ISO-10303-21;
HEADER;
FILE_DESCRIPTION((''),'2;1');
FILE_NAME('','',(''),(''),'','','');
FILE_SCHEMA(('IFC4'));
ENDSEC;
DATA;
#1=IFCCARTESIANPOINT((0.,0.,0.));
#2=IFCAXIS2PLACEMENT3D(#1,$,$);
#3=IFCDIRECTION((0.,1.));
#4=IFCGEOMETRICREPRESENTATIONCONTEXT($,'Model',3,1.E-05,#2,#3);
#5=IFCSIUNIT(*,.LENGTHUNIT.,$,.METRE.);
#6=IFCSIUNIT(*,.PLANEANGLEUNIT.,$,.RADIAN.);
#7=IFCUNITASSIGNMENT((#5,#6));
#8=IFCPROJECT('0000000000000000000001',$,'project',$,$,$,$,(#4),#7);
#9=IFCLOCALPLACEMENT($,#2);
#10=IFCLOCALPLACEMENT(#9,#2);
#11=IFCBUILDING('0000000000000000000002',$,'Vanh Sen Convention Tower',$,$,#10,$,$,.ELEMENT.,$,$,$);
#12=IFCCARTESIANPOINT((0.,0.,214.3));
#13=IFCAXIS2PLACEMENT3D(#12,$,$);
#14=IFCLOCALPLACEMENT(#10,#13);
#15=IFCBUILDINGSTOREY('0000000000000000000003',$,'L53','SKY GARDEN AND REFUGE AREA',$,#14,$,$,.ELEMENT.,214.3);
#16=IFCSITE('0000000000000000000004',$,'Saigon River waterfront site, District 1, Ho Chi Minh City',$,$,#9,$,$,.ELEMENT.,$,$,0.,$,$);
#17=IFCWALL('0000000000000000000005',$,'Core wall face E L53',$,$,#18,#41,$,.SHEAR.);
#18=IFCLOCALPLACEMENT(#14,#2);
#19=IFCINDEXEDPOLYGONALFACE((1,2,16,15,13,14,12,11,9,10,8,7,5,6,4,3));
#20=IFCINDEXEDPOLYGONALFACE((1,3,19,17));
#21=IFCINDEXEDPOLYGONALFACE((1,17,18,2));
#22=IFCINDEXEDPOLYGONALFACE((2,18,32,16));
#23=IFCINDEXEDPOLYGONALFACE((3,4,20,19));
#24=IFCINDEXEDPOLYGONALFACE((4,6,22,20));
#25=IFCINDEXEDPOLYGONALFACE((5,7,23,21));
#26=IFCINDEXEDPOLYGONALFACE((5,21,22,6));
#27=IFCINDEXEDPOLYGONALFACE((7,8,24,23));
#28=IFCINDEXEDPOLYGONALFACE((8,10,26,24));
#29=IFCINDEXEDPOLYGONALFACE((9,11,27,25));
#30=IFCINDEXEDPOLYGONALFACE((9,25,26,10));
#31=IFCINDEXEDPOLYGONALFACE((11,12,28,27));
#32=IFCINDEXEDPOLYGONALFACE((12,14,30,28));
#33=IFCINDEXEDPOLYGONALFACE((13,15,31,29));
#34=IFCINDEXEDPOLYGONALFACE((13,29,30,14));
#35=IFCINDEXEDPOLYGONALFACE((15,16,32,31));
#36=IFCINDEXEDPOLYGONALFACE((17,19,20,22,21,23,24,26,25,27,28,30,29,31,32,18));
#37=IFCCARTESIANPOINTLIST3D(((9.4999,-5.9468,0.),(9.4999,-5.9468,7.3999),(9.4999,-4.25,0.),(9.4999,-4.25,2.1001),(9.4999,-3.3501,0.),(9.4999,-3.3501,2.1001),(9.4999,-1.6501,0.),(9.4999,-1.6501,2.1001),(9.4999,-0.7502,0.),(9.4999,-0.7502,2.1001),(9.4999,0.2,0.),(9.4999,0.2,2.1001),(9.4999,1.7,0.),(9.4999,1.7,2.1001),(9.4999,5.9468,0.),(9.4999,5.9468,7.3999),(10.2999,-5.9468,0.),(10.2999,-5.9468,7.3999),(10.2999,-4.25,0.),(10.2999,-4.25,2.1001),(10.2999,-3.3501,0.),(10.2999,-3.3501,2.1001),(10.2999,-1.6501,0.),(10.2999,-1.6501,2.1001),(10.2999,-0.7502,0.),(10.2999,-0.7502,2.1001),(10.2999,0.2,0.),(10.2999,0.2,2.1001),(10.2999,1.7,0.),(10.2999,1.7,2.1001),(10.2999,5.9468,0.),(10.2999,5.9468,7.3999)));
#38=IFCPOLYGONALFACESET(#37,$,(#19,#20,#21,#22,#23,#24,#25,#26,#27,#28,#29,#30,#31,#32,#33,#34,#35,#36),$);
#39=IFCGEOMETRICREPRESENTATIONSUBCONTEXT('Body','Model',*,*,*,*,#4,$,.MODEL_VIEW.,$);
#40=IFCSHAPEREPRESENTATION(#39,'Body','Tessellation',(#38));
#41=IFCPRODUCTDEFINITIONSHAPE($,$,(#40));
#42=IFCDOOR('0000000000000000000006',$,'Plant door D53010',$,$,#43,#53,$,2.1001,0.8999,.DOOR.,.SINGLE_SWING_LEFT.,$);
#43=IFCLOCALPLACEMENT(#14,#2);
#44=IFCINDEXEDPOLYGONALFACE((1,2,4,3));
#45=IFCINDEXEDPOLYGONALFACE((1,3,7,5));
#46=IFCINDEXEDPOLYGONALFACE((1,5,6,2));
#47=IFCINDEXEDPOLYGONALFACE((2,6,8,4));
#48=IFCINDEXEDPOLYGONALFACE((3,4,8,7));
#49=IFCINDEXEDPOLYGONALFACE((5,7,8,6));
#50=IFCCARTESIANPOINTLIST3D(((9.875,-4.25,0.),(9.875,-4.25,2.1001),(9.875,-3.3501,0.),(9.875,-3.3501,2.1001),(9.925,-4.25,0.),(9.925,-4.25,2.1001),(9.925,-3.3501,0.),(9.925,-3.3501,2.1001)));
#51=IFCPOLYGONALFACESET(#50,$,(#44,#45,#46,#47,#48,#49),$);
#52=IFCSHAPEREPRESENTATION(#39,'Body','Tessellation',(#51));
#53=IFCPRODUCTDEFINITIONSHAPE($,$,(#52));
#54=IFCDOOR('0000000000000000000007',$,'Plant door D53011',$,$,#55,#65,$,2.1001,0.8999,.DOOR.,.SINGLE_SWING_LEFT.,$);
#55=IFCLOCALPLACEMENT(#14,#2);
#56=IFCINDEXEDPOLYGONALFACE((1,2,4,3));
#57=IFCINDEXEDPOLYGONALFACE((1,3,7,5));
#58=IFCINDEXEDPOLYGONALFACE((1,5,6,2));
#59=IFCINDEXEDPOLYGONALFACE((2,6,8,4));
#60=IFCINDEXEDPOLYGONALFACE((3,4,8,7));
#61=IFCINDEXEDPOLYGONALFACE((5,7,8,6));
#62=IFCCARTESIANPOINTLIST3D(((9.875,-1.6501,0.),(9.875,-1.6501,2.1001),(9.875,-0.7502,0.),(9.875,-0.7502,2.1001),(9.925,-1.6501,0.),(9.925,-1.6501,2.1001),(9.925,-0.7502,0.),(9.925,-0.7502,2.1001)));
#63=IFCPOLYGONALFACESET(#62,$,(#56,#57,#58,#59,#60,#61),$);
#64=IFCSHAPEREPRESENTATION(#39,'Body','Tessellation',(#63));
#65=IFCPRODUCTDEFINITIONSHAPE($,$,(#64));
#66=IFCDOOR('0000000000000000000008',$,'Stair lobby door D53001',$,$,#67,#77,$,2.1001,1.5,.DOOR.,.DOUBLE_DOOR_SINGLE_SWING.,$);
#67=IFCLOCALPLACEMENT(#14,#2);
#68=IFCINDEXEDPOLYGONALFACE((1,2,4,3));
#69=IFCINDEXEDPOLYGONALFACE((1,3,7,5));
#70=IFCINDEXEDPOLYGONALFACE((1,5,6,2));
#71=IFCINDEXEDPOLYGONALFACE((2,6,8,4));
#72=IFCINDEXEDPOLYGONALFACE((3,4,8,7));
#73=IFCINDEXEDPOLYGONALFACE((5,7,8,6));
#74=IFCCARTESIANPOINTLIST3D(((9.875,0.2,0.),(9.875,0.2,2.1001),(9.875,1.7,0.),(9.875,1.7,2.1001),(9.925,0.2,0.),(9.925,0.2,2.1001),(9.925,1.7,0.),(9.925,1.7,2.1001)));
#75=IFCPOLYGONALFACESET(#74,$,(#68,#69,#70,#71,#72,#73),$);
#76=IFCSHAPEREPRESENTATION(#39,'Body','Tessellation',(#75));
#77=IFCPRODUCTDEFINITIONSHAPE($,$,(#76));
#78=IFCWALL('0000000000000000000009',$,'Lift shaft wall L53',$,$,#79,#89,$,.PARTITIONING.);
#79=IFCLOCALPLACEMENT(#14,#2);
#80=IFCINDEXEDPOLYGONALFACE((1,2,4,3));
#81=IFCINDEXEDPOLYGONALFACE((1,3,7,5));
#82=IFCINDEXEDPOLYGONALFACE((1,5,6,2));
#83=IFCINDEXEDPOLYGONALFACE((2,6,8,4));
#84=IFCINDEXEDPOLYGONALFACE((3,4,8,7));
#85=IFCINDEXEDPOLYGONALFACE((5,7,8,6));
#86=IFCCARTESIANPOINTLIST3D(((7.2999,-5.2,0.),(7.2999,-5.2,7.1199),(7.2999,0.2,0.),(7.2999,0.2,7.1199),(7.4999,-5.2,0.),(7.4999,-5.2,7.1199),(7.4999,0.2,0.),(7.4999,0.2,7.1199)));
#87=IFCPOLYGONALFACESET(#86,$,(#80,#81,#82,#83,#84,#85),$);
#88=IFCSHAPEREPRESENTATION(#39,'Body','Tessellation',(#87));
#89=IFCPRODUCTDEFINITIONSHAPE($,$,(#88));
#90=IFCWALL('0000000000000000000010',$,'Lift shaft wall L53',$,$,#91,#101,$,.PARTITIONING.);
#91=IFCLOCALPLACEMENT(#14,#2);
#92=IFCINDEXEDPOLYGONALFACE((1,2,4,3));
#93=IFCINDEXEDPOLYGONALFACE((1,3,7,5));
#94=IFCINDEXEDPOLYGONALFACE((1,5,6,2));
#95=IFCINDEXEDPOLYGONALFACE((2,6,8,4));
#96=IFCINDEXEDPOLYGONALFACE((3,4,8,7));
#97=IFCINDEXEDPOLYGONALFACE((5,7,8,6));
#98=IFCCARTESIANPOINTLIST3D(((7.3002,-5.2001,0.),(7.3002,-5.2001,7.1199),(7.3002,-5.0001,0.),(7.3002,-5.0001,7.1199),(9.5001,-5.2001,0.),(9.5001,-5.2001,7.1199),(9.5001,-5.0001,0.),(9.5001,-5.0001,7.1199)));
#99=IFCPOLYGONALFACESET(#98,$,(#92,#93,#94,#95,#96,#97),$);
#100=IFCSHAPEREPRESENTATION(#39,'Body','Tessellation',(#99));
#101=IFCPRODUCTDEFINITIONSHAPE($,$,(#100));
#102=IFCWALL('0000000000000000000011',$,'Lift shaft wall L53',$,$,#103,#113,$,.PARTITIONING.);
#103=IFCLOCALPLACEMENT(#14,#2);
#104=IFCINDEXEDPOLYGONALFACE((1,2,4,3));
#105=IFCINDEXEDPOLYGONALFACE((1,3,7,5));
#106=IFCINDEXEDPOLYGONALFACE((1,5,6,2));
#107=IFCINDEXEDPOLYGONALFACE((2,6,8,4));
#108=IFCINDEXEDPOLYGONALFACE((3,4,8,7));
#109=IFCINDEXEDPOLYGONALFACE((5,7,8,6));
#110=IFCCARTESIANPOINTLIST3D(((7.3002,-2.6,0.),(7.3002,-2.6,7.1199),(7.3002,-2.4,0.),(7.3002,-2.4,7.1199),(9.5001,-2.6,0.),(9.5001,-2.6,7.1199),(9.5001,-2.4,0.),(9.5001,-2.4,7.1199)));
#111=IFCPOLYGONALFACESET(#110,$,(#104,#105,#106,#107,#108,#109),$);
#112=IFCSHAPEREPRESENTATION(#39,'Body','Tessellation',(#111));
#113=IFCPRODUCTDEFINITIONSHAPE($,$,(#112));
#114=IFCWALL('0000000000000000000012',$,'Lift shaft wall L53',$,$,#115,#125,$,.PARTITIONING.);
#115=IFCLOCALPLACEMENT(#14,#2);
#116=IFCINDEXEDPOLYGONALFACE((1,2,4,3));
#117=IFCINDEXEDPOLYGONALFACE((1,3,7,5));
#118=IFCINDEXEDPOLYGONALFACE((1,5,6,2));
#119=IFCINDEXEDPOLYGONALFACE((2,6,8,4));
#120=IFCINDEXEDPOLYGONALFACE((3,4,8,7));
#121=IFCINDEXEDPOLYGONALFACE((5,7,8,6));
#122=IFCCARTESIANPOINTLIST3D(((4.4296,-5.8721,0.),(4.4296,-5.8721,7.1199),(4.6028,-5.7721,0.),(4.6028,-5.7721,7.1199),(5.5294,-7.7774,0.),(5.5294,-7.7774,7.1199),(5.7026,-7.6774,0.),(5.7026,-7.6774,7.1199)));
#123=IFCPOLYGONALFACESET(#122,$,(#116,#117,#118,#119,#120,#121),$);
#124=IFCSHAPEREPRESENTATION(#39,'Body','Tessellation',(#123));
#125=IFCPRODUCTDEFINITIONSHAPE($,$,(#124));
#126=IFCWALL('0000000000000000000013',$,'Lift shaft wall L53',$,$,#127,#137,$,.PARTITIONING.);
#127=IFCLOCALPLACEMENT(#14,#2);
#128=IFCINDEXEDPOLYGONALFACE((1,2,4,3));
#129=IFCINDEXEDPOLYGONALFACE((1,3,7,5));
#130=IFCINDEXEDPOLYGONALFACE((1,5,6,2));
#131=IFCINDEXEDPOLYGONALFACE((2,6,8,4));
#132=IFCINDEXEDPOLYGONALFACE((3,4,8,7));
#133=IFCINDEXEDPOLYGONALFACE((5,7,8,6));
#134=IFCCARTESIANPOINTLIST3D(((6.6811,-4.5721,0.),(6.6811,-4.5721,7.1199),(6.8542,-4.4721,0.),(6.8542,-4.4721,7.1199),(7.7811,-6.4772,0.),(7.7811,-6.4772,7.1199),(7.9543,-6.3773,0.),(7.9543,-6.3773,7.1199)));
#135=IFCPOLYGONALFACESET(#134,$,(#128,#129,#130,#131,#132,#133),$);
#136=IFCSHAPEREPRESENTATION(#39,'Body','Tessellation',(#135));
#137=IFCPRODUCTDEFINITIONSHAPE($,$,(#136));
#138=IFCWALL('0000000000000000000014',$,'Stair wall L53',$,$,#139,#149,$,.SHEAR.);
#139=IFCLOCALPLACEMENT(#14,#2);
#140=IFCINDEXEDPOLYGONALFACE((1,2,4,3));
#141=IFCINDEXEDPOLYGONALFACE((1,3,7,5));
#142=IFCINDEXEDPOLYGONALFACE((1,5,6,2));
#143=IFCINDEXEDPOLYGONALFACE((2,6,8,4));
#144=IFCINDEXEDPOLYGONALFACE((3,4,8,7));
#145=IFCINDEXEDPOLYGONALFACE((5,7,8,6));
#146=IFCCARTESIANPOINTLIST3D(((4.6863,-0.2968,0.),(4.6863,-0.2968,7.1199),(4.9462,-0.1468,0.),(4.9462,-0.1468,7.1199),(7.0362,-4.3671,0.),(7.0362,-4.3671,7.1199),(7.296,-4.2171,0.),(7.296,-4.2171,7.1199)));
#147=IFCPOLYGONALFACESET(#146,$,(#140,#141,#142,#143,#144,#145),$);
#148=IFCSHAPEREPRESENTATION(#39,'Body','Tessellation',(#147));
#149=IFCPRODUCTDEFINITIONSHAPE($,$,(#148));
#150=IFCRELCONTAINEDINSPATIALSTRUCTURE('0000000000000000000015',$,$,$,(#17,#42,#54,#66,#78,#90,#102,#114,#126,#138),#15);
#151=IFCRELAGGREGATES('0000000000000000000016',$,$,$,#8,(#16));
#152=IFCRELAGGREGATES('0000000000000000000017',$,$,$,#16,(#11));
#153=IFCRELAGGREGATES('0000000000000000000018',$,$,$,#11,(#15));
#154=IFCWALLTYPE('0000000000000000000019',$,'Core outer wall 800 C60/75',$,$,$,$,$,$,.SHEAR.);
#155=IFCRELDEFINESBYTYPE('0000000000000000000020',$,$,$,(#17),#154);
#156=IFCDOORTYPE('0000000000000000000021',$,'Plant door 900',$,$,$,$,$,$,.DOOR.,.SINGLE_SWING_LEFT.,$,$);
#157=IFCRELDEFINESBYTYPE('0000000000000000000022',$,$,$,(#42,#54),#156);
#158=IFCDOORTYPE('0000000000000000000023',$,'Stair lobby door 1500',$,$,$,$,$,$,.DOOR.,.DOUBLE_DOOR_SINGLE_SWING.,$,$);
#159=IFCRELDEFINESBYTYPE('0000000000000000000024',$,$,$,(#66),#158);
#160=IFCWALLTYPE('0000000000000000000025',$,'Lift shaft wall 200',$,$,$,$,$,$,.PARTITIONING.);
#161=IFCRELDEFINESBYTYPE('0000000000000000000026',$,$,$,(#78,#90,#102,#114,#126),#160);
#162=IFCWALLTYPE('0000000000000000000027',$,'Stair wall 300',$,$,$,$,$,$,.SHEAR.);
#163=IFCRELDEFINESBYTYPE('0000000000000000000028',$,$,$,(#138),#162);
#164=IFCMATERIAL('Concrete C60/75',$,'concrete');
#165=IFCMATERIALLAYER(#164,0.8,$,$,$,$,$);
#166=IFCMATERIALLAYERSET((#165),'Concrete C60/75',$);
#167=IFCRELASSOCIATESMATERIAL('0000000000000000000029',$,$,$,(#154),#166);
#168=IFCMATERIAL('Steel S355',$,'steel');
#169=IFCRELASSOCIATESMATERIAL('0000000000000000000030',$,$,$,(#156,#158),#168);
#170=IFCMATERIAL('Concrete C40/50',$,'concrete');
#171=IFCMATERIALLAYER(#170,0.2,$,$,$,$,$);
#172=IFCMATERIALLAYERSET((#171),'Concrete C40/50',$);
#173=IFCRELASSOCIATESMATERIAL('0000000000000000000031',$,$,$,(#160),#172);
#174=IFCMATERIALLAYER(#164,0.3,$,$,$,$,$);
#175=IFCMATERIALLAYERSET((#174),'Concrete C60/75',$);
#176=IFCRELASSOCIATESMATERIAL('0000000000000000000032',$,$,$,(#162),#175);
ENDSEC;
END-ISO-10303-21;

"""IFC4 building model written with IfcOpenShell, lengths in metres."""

from ifc_helpers import new_model, si_unit, direction, frame, frame_2d, origin, place, context, subcontext, project, spatial, rectangle, extrude, material, layer, layer_set, type_object, element, fill, save


model = new_model("IFC4")

# Units and contexts
model_context = context("Model", 3, precision=1e-05, world=origin(), true_north=direction((0.0, 1.0)))
body_context = subcontext(model_context, "Body", "Model", "MODEL_VIEW")
ifc_project = project(units=[si_unit("LENGTHUNIT", "METRE"), si_unit("PLANEANGLEUNIT", "RADIAN")], contexts=[model_context])

# Site, building, storey
site_placement = place(None, origin())
site = spatial("IfcSite", under=ifc_project, at=site_placement, Name="Saigon River waterfront site, District 1, Ho Chi Minh City", CompositionType="ELEMENT", RefElevation=0.0)
building_placement = place(site_placement, origin())
building = spatial("IfcBuilding", under=site, at=building_placement, Name="Vanh Sen Convention Tower", CompositionType="ELEMENT")
storey_placement = place(building_placement, frame((0.0, 0.0, 214.3)))
storey = spatial("IfcBuildingStorey", under=building, at=storey_placement, Name="L53", Description="SKY GARDEN AND REFUGE AREA", CompositionType="ELEMENT", Elevation=214.3)

# Shared definitions
ifc_material_1 = material(Name="Concrete C40/50", Category="concrete")

# Wall, openings, doors
ifc_material_2 = material(Name="Concrete C60/75", Category="concrete")
ifc_layer_1 = layer(ifc_material_2, 0.8)
ifc_layer_set_1 = layer_set([ifc_layer_1], Name="Concrete C60/75")
wall_type_1 = type_object("IfcWallType", Name="Core outer wall 800 C60/75", PredefinedType="SHEAR", material=ifc_layer_set_1)
wall_1_placement = place(storey_placement, frame((9.8999, -5.9468, 0.0), z_axis=(0.0, 0.0, 1.0), x_axis=(0.0, 1.0, 0.0)))
wall_1 = element("IfcWall", 1, at=wall_1_placement, inside=storey, type_object=wall_type_1, Name="Core wall face E L53", PredefinedType="SHEAR", context=body_context, shape_type="SweptSolid", body=[
    extrude(rectangle(XDim=11.8936, YDim=0.8, at=frame_2d((5.9468, 0.0))), origin(), (0.0, 0.0, 1.0), 7.3999),
])
opening_1_placement = place(wall_1_placement, frame((6.1467, 0.0, 0.0)))
opening_1 = element("IfcOpeningElement", 2, at=opening_1_placement, cuts=wall_1, PredefinedType="OPENING", context=body_context, shape_type="SweptSolid", body=[
    extrude(rectangle(XDim=1.5, YDim=2.1001, at=frame_2d((0.75, 1.05))), frame((0.0, 0.4099, 0.0), z_axis=(0.0, -1.0, 0.0), x_axis=(1.0, 0.0, 0.0)), (0.0, 0.0, 1.0), 0.8201),
])
opening_2_placement = place(wall_1_placement, frame((1.6968, 0.0, 0.0)))
opening_2 = element("IfcOpeningElement", 3, at=opening_2_placement, cuts=wall_1, PredefinedType="OPENING", context=body_context, shape_type="SweptSolid", body=[
    extrude(rectangle(XDim=0.8999, YDim=2.1001, at=frame_2d((0.45, 1.05))), frame((0.0, 0.4099, 0.0), z_axis=(0.0, -1.0, 0.0), x_axis=(1.0, 0.0, 0.0)), (0.0, 0.0, 1.0), 0.8201),
])
opening_3_placement = place(wall_1_placement, frame((4.2966, 0.0, 0.0)))
opening_3 = element("IfcOpeningElement", 4, at=opening_3_placement, cuts=wall_1, PredefinedType="OPENING", context=body_context, shape_type="SweptSolid", body=[
    extrude(rectangle(XDim=0.8999, YDim=2.1001, at=frame_2d((0.45, 1.05))), frame((0.0, 0.4099, 0.0), z_axis=(0.0, -1.0, 0.0), x_axis=(1.0, 0.0, 0.0)), (0.0, 0.0, 1.0), 0.8201),
])
ifc_material_3 = material(Name="Steel S355", Category="steel")
door_type_1 = type_object("IfcDoorType", Name="Plant door 900", OperationType="SINGLE_SWING_LEFT", PredefinedType="DOOR", material=ifc_material_3)
door_1_placement = place(opening_2_placement, origin())
door_1 = element("IfcDoor", 5, at=door_1_placement, inside=storey, type_object=door_type_1, Name="Plant door D53010", OperationType="SINGLE_SWING_LEFT", OverallHeight=2.1001, OverallWidth=0.8999, PredefinedType="DOOR", context=body_context, shape_type="SweptSolid", body=[
    extrude(rectangle(XDim=0.8999, YDim=2.1001, at=frame_2d((0.45, 1.05))), frame((0.0, 0.0249, 0.0), z_axis=(0.0, -1.0, 0.0), x_axis=(1.0, 0.0, 0.0)), (0.0, 0.0, 1.0), 0.05),
])
fill(opening_2, door_1)
door_2_placement = place(opening_3_placement, origin())
door_2 = element("IfcDoor", 6, at=door_2_placement, inside=storey, type_object=door_type_1, Name="Plant door D53011", OperationType="SINGLE_SWING_LEFT", OverallHeight=2.1001, OverallWidth=0.8999, PredefinedType="DOOR", context=body_context, shape_type="SweptSolid", body=[
    extrude(rectangle(XDim=0.8999, YDim=2.1001, at=frame_2d((0.45, 1.05))), frame((0.0, 0.0249, 0.0), z_axis=(0.0, -1.0, 0.0), x_axis=(1.0, 0.0, 0.0)), (0.0, 0.0, 1.0), 0.05),
])
fill(opening_3, door_2)
door_type_2 = type_object("IfcDoorType", Name="Stair lobby door 1500", OperationType="DOUBLE_DOOR_SINGLE_SWING", PredefinedType="DOOR", material=ifc_material_3)
door_3_placement = place(opening_1_placement, origin())
door_3 = element("IfcDoor", 7, at=door_3_placement, inside=storey, type_object=door_type_2, Name="Stair lobby door D53001", OperationType="DOUBLE_DOOR_SINGLE_SWING", OverallHeight=2.1001, OverallWidth=1.5, PredefinedType="DOOR", context=body_context, shape_type="SweptSolid", body=[
    extrude(rectangle(XDim=1.5, YDim=2.1001, at=frame_2d((0.75, 1.05))), frame((0.0, 0.0249, 0.0), z_axis=(0.0, -1.0, 0.0), x_axis=(1.0, 0.0, 0.0)), (0.0, 0.0, 1.0), 0.05),
])
fill(opening_1, door_3)

# Walls
ifc_layer_2 = layer(ifc_material_1, 0.2)
ifc_layer_set_2 = layer_set([ifc_layer_2], Name="Concrete C40/50")
wall_type_2 = type_object("IfcWallType", Name="Lift shaft wall 200", PredefinedType="PARTITIONING", material=ifc_layer_set_2)
wall_2_placement = place(storey_placement, frame((7.3999, -5.2, 0.0), z_axis=(0.0, 0.0, 1.0), x_axis=(0.0, 1.0, 0.0)))
element("IfcWall", 8, at=wall_2_placement, inside=storey, type_object=wall_type_2, Name="Lift shaft wall L53", PredefinedType="PARTITIONING", context=body_context, shape_type="SweptSolid", body=[
    extrude(rectangle(XDim=5.3999, YDim=0.2, at=frame_2d((2.7, 0.0))), origin(), (0.0, 0.0, 1.0), 7.1199),
])
for number, where, z_axis, x_axis, name in (
    (9, (7.3, -5.1001, 0.0), (0.0, 0.0, 1.0), (1.0, 0.0, 0.0), "Lift shaft wall L53"),
    (10, (7.3, -2.5, 0.0), (0.0, 0.0, 1.0), (1.0, 0.0, 0.0), "Lift shaft wall L53"),
    (11, (4.5161, -5.822, 0.0), (0.0, 0.0, 1.0), (0.499947, -0.866056, 0.0), "Lift shaft wall L53"),
    (12, (6.7676, -4.522, 0.0), (0.0, 0.0, 1.0), (0.50003, -0.866008, 0.0), "Lift shaft wall L53"),
):
    element("IfcWall", number, at=place(storey_placement, frame(where, z_axis=z_axis, x_axis=x_axis)), inside=storey, type_object=wall_type_2, Name=name, PredefinedType="PARTITIONING", context=body_context, shape_type="SweptSolid", body=[
        extrude(rectangle(XDim=2.2, YDim=0.2, at=frame_2d((1.1001, 0.0))), origin(), (0.0, 0.0, 1.0), 7.1199),
    ])
ifc_layer_3 = layer(ifc_material_2, 0.3)
ifc_layer_set_3 = layer_set([ifc_layer_3], Name="Concrete C60/75")
wall_type_3 = type_object("IfcWallType", Name="Stair wall 300", PredefinedType="SHEAR", material=ifc_layer_set_3)
wall_3_placement = place(storey_placement, frame((4.8162, -0.2217, 0.0), z_axis=(0.0, 0.0, 1.0), x_axis=(0.499977, -0.866039, 0.0)))
element("IfcWall", 13, at=wall_3_placement, inside=storey, type_object=wall_type_3, Name="Stair wall L53", PredefinedType="SHEAR", context=body_context, shape_type="SweptSolid", body=[
    extrude(rectangle(XDim=4.7, YDim=0.3, at=frame_2d((2.3501, 0.0))), origin(), (0.0, 0.0, 1.0), 7.1199),
])

save(model, "model.ifc")
